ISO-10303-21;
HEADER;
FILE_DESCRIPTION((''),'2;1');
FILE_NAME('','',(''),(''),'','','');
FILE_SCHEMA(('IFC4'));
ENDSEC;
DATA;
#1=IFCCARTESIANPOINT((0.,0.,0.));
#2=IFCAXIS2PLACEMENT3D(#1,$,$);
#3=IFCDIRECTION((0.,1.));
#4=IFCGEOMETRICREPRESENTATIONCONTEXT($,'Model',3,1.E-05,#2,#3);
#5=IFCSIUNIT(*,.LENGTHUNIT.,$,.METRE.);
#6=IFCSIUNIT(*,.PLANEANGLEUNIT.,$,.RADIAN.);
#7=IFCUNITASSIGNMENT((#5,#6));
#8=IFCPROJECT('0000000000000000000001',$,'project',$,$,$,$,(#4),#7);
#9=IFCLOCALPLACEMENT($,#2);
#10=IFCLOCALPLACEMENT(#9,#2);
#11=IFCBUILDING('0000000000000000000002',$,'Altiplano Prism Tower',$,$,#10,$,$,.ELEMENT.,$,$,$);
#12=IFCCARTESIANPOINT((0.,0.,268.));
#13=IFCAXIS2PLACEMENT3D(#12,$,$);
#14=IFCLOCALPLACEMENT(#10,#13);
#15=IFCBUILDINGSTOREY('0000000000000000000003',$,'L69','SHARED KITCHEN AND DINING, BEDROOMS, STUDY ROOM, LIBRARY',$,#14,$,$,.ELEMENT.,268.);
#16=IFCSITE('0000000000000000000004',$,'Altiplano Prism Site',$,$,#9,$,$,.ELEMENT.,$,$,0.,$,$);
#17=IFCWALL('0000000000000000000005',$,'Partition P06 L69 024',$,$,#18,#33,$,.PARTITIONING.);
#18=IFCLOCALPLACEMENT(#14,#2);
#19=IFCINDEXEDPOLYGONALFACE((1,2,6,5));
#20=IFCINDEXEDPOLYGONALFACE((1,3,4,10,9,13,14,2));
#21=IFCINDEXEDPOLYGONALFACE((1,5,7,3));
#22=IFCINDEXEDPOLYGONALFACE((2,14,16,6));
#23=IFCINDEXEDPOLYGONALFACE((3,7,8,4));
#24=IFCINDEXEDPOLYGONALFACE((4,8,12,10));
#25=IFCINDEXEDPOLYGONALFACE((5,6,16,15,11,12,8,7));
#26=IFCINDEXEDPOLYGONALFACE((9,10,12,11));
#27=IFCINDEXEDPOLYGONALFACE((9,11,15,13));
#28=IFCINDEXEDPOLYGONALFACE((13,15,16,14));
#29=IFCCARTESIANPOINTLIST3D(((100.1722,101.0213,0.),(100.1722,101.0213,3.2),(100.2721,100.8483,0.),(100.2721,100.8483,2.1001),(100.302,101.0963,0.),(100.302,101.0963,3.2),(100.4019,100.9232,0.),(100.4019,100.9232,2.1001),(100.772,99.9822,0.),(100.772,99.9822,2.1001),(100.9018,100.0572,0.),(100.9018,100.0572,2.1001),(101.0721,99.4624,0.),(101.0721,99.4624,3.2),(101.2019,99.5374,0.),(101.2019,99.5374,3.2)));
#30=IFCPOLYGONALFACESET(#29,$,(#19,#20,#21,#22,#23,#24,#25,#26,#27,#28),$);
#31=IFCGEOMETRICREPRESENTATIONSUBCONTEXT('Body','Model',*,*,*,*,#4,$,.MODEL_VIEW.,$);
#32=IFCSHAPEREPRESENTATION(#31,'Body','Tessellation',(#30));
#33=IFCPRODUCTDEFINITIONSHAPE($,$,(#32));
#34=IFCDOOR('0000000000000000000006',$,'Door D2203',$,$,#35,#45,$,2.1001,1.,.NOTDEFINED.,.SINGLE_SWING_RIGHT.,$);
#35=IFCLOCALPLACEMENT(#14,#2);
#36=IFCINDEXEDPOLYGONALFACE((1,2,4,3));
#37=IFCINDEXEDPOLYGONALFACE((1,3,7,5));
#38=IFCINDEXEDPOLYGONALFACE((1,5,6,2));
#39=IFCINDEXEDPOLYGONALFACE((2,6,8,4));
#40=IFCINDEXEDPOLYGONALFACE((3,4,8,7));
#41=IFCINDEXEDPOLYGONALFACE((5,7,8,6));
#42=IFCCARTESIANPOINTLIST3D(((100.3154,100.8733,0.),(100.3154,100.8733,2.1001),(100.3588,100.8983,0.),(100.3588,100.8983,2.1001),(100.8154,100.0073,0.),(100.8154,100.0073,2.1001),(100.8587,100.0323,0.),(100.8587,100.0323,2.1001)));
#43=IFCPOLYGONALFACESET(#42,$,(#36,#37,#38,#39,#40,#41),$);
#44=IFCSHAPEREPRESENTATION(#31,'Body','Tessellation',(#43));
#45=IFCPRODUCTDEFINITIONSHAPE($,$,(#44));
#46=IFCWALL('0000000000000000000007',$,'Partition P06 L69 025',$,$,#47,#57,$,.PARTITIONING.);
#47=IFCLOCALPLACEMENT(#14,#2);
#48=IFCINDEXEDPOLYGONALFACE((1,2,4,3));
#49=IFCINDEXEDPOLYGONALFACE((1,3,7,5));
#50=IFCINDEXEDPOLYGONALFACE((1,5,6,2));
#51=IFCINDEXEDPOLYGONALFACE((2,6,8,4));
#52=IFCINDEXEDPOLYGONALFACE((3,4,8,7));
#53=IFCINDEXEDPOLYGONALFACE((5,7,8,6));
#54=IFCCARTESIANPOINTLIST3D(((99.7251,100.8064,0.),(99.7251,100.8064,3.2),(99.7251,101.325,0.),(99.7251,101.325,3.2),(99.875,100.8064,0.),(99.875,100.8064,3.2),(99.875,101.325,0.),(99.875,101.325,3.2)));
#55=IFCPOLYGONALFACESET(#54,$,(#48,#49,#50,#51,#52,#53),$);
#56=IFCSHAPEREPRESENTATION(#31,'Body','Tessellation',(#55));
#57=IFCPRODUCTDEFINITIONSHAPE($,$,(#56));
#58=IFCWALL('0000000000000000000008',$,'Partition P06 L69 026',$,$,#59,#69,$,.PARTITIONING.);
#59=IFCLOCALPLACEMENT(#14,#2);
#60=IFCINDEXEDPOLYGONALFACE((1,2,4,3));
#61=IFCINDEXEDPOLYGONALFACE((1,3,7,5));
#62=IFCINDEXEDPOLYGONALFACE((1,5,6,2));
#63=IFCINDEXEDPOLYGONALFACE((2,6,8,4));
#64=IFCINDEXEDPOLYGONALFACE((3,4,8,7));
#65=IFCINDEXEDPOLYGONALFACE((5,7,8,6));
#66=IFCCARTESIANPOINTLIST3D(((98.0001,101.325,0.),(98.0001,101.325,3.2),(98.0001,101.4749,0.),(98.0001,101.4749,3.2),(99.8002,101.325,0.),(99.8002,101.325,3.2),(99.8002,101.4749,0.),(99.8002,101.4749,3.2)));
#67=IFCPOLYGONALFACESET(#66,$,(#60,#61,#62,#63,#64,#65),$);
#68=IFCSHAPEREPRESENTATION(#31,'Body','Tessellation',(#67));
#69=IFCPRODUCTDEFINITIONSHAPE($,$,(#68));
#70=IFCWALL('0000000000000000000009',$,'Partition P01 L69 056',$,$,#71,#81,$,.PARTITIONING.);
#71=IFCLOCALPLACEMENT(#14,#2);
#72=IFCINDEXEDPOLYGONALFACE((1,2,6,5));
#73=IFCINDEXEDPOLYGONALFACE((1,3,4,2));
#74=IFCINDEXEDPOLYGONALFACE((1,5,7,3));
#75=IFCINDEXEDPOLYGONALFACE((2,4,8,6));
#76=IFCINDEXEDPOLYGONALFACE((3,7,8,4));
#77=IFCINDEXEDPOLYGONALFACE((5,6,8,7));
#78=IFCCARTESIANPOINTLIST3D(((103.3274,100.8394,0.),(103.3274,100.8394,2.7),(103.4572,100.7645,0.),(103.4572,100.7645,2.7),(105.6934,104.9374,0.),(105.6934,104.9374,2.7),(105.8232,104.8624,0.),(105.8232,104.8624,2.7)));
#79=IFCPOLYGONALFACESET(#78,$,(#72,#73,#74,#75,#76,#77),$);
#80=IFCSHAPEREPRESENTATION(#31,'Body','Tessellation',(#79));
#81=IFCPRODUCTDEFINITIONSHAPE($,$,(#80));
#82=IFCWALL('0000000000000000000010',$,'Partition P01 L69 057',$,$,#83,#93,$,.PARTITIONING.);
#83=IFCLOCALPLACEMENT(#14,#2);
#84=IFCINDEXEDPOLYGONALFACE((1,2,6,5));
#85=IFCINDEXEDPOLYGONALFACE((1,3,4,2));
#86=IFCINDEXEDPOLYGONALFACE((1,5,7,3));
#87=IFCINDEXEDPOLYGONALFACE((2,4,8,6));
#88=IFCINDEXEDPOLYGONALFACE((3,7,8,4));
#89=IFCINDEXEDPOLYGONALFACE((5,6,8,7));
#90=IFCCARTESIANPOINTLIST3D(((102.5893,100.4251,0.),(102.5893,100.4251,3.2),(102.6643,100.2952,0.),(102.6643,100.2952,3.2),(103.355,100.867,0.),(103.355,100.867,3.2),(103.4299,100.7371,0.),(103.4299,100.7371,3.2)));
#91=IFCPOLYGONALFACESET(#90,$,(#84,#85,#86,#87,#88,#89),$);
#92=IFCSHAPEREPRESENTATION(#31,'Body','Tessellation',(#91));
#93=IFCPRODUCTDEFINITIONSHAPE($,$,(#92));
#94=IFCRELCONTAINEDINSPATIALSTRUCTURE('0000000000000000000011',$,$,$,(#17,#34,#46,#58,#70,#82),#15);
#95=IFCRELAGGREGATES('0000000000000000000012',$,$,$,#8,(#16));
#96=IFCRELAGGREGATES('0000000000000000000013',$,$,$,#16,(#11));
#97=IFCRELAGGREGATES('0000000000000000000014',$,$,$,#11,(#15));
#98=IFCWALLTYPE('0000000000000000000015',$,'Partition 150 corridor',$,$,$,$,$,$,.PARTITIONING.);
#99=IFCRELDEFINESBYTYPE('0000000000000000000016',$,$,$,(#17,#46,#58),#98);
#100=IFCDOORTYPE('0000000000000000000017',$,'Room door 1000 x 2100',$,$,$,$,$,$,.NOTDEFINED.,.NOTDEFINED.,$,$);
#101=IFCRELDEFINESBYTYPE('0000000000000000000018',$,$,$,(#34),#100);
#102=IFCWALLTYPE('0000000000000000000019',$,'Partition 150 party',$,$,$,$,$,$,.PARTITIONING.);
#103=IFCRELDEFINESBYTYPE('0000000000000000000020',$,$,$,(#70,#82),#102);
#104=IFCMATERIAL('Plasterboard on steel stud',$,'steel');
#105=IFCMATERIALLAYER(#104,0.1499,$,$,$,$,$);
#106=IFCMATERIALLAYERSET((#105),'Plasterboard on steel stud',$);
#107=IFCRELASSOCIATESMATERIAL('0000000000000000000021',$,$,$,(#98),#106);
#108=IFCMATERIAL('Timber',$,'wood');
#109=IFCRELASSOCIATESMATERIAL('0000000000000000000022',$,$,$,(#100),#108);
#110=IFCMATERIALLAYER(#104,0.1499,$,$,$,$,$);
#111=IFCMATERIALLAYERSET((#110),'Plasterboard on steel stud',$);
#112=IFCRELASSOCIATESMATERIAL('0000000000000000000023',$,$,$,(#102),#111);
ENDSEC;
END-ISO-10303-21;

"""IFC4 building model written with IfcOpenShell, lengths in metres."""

from ifc_helpers import new_model, si_unit, direction, frame, frame_2d, origin, place, context, subcontext, project, spatial, rectangle, extrude, material, layer, layer_set, type_object, element, fill, save


model = new_model("IFC4")

# Units and contexts
model_context = context("Model", 3, precision=1e-05, world=origin(), true_north=direction((0.0, 1.0)))
body_context = subcontext(model_context, "Body", "Model", "MODEL_VIEW")
ifc_project = project(units=[si_unit("LENGTHUNIT", "METRE"), si_unit("PLANEANGLEUNIT", "RADIAN")], contexts=[model_context])

# Site, building, storey
site_placement = place(None, origin())
site = spatial("IfcSite", under=ifc_project, at=site_placement, Name="Altiplano Prism Site", CompositionType="ELEMENT", RefElevation=0.0)
building_placement = place(site_placement, origin())
building = spatial("IfcBuilding", under=site, at=building_placement, Name="Altiplano Prism Tower", CompositionType="ELEMENT")
storey_placement = place(building_placement, frame((0.0, 0.0, 268.0)))
storey = spatial("IfcBuildingStorey", under=building, at=storey_placement, Name="L69", Description="SHARED KITCHEN AND DINING, BEDROOMS, STUDY ROOM, LIBRARY", CompositionType="ELEMENT", Elevation=268.0)

# Shared definitions
ifc_material_1 = material(Name="Plasterboard on steel stud", Category="steel")
ifc_layer_1 = layer(ifc_material_1, 0.1499)
ifc_layer_set_1 = layer_set([ifc_layer_1], Name="Plasterboard on steel stud")
wall_type_1 = type_object("IfcWallType", Name="Partition 150 corridor", PredefinedType="PARTITIONING", material=ifc_layer_set_1)

# Wall, opening, door
wall_1_placement = place(storey_placement, frame((101.137, 99.5, 0.0), z_axis=(0.0, 0.0, 1.0), x_axis=(-0.499961, 0.866048, 0.0)))
wall_1 = element("IfcWall", 1, at=wall_1_placement, inside=storey, type_object=wall_type_1, Name="Partition P06 L69 024", PredefinedType="PARTITIONING", context=body_context, shape_type="SweptSolid", body=[
    extrude(rectangle(XDim=1.8, YDim=0.1499, at=frame_2d((0.8999, 0.0))), origin(), (0.0, 0.0, 1.0), 3.2),
])
opening_placement = place(wall_1_placement, frame((0.6001, 0.0, 0.0)))
opening = element("IfcOpeningElement", 2, at=opening_placement, cuts=wall_1, PredefinedType="OPENING", context=body_context, shape_type="SweptSolid", body=[
    extrude(rectangle(XDim=1.0, YDim=2.1001, at=frame_2d((0.5, 1.05))), frame((0.0, 0.0854, 0.0), z_axis=(0.0, -1.0, 0.0), x_axis=(1.0, 0.0, 0.0)), (0.0, 0.0, 1.0), 0.1709),
])
ifc_material_2 = material(Name="Timber", Category="wood")
door_type = type_object("IfcDoorType", Name="Room door 1000 x 2100", OperationType="NOTDEFINED", PredefinedType="NOTDEFINED", material=ifc_material_2)
door_placement = place(opening_placement, origin())
door = element("IfcDoor", 3, at=door_placement, inside=storey, type_object=door_type, Name="Door D2203", OperationType="SINGLE_SWING_RIGHT", OverallHeight=2.1001, OverallWidth=1.0, PredefinedType="NOTDEFINED", context=body_context, shape_type="SweptSolid", body=[
    extrude(rectangle(XDim=1.0, YDim=2.1001, at=frame_2d((0.5, 1.05))), frame((0.0, 0.0249, 0.0), z_axis=(0.0, -1.0, 0.0), x_axis=(1.0, 0.0, 0.0)), (0.0, 0.0, 1.0), 0.05),
])
fill(opening, door)

# Walls
wall_2_placement = place(storey_placement, frame((99.8, 100.8064, 0.0), z_axis=(0.0, 0.0, 1.0), x_axis=(0.0, 1.0, 0.0)))
element("IfcWall", 4, at=wall_2_placement, inside=storey, type_object=wall_type_1, Name="Partition P06 L69 025", PredefinedType="PARTITIONING", context=body_context, shape_type="SweptSolid", body=[
    extrude(rectangle(XDim=0.5186, YDim=0.1499, at=frame_2d((0.2593, 0.0))), origin(), (0.0, 0.0, 1.0), 3.2),
])
wall_3_placement = place(storey_placement, frame((99.8, 101.3999, 0.0), z_axis=(0.0, 0.0, 1.0), x_axis=(-1.0, 0.0, 0.0)))
element("IfcWall", 5, at=wall_3_placement, inside=storey, type_object=wall_type_1, Name="Partition P06 L69 026", PredefinedType="PARTITIONING", context=body_context, shape_type="SweptSolid", body=[
    extrude(rectangle(XDim=1.8, YDim=0.1499, at=frame_2d((0.8999, 0.0))), origin(), (0.0, 0.0, 1.0), 3.2),
])
ifc_layer_2 = layer(ifc_material_1, 0.1499)
ifc_layer_set_2 = layer_set([ifc_layer_2], Name="Plasterboard on steel stud")
wall_type_2 = type_object("IfcWallType", Name="Partition 150 party", PredefinedType="PARTITIONING", material=ifc_layer_set_2)
wall_4_placement = place(storey_placement, frame((105.7583, 104.8999, 0.0), z_axis=(0.0, 0.0, 1.0), x_axis=(-0.500007, -0.866021, 0.0)))
element("IfcWall", 6, at=wall_4_placement, inside=storey, type_object=wall_type_2, Name="Partition P01 L69 056", PredefinedType="PARTITIONING", context=body_context, shape_type="SweptSolid", body=[
    extrude(rectangle(XDim=4.7319, YDim=0.1499, at=frame_2d((2.366, 0.0))), origin(), (0.0, 0.0, 1.0), 2.7),
])
wall_5_placement = place(storey_placement, frame((103.3923, 100.802, 0.0), z_axis=(0.0, 0.0, 1.0), x_axis=(-0.866094, -0.499882, 0.0)))
element("IfcWall", 7, at=wall_5_placement, inside=storey, type_object=wall_type_2, Name="Partition P01 L69 057", PredefinedType="PARTITIONING", context=body_context, shape_type="SweptSolid", body=[
    extrude(rectangle(XDim=0.884, YDim=0.1499, at=frame_2d((0.4419, 0.0))), origin(), (0.0, 0.0, 1.0), 3.2),
])

save(model, "model.ifc")
